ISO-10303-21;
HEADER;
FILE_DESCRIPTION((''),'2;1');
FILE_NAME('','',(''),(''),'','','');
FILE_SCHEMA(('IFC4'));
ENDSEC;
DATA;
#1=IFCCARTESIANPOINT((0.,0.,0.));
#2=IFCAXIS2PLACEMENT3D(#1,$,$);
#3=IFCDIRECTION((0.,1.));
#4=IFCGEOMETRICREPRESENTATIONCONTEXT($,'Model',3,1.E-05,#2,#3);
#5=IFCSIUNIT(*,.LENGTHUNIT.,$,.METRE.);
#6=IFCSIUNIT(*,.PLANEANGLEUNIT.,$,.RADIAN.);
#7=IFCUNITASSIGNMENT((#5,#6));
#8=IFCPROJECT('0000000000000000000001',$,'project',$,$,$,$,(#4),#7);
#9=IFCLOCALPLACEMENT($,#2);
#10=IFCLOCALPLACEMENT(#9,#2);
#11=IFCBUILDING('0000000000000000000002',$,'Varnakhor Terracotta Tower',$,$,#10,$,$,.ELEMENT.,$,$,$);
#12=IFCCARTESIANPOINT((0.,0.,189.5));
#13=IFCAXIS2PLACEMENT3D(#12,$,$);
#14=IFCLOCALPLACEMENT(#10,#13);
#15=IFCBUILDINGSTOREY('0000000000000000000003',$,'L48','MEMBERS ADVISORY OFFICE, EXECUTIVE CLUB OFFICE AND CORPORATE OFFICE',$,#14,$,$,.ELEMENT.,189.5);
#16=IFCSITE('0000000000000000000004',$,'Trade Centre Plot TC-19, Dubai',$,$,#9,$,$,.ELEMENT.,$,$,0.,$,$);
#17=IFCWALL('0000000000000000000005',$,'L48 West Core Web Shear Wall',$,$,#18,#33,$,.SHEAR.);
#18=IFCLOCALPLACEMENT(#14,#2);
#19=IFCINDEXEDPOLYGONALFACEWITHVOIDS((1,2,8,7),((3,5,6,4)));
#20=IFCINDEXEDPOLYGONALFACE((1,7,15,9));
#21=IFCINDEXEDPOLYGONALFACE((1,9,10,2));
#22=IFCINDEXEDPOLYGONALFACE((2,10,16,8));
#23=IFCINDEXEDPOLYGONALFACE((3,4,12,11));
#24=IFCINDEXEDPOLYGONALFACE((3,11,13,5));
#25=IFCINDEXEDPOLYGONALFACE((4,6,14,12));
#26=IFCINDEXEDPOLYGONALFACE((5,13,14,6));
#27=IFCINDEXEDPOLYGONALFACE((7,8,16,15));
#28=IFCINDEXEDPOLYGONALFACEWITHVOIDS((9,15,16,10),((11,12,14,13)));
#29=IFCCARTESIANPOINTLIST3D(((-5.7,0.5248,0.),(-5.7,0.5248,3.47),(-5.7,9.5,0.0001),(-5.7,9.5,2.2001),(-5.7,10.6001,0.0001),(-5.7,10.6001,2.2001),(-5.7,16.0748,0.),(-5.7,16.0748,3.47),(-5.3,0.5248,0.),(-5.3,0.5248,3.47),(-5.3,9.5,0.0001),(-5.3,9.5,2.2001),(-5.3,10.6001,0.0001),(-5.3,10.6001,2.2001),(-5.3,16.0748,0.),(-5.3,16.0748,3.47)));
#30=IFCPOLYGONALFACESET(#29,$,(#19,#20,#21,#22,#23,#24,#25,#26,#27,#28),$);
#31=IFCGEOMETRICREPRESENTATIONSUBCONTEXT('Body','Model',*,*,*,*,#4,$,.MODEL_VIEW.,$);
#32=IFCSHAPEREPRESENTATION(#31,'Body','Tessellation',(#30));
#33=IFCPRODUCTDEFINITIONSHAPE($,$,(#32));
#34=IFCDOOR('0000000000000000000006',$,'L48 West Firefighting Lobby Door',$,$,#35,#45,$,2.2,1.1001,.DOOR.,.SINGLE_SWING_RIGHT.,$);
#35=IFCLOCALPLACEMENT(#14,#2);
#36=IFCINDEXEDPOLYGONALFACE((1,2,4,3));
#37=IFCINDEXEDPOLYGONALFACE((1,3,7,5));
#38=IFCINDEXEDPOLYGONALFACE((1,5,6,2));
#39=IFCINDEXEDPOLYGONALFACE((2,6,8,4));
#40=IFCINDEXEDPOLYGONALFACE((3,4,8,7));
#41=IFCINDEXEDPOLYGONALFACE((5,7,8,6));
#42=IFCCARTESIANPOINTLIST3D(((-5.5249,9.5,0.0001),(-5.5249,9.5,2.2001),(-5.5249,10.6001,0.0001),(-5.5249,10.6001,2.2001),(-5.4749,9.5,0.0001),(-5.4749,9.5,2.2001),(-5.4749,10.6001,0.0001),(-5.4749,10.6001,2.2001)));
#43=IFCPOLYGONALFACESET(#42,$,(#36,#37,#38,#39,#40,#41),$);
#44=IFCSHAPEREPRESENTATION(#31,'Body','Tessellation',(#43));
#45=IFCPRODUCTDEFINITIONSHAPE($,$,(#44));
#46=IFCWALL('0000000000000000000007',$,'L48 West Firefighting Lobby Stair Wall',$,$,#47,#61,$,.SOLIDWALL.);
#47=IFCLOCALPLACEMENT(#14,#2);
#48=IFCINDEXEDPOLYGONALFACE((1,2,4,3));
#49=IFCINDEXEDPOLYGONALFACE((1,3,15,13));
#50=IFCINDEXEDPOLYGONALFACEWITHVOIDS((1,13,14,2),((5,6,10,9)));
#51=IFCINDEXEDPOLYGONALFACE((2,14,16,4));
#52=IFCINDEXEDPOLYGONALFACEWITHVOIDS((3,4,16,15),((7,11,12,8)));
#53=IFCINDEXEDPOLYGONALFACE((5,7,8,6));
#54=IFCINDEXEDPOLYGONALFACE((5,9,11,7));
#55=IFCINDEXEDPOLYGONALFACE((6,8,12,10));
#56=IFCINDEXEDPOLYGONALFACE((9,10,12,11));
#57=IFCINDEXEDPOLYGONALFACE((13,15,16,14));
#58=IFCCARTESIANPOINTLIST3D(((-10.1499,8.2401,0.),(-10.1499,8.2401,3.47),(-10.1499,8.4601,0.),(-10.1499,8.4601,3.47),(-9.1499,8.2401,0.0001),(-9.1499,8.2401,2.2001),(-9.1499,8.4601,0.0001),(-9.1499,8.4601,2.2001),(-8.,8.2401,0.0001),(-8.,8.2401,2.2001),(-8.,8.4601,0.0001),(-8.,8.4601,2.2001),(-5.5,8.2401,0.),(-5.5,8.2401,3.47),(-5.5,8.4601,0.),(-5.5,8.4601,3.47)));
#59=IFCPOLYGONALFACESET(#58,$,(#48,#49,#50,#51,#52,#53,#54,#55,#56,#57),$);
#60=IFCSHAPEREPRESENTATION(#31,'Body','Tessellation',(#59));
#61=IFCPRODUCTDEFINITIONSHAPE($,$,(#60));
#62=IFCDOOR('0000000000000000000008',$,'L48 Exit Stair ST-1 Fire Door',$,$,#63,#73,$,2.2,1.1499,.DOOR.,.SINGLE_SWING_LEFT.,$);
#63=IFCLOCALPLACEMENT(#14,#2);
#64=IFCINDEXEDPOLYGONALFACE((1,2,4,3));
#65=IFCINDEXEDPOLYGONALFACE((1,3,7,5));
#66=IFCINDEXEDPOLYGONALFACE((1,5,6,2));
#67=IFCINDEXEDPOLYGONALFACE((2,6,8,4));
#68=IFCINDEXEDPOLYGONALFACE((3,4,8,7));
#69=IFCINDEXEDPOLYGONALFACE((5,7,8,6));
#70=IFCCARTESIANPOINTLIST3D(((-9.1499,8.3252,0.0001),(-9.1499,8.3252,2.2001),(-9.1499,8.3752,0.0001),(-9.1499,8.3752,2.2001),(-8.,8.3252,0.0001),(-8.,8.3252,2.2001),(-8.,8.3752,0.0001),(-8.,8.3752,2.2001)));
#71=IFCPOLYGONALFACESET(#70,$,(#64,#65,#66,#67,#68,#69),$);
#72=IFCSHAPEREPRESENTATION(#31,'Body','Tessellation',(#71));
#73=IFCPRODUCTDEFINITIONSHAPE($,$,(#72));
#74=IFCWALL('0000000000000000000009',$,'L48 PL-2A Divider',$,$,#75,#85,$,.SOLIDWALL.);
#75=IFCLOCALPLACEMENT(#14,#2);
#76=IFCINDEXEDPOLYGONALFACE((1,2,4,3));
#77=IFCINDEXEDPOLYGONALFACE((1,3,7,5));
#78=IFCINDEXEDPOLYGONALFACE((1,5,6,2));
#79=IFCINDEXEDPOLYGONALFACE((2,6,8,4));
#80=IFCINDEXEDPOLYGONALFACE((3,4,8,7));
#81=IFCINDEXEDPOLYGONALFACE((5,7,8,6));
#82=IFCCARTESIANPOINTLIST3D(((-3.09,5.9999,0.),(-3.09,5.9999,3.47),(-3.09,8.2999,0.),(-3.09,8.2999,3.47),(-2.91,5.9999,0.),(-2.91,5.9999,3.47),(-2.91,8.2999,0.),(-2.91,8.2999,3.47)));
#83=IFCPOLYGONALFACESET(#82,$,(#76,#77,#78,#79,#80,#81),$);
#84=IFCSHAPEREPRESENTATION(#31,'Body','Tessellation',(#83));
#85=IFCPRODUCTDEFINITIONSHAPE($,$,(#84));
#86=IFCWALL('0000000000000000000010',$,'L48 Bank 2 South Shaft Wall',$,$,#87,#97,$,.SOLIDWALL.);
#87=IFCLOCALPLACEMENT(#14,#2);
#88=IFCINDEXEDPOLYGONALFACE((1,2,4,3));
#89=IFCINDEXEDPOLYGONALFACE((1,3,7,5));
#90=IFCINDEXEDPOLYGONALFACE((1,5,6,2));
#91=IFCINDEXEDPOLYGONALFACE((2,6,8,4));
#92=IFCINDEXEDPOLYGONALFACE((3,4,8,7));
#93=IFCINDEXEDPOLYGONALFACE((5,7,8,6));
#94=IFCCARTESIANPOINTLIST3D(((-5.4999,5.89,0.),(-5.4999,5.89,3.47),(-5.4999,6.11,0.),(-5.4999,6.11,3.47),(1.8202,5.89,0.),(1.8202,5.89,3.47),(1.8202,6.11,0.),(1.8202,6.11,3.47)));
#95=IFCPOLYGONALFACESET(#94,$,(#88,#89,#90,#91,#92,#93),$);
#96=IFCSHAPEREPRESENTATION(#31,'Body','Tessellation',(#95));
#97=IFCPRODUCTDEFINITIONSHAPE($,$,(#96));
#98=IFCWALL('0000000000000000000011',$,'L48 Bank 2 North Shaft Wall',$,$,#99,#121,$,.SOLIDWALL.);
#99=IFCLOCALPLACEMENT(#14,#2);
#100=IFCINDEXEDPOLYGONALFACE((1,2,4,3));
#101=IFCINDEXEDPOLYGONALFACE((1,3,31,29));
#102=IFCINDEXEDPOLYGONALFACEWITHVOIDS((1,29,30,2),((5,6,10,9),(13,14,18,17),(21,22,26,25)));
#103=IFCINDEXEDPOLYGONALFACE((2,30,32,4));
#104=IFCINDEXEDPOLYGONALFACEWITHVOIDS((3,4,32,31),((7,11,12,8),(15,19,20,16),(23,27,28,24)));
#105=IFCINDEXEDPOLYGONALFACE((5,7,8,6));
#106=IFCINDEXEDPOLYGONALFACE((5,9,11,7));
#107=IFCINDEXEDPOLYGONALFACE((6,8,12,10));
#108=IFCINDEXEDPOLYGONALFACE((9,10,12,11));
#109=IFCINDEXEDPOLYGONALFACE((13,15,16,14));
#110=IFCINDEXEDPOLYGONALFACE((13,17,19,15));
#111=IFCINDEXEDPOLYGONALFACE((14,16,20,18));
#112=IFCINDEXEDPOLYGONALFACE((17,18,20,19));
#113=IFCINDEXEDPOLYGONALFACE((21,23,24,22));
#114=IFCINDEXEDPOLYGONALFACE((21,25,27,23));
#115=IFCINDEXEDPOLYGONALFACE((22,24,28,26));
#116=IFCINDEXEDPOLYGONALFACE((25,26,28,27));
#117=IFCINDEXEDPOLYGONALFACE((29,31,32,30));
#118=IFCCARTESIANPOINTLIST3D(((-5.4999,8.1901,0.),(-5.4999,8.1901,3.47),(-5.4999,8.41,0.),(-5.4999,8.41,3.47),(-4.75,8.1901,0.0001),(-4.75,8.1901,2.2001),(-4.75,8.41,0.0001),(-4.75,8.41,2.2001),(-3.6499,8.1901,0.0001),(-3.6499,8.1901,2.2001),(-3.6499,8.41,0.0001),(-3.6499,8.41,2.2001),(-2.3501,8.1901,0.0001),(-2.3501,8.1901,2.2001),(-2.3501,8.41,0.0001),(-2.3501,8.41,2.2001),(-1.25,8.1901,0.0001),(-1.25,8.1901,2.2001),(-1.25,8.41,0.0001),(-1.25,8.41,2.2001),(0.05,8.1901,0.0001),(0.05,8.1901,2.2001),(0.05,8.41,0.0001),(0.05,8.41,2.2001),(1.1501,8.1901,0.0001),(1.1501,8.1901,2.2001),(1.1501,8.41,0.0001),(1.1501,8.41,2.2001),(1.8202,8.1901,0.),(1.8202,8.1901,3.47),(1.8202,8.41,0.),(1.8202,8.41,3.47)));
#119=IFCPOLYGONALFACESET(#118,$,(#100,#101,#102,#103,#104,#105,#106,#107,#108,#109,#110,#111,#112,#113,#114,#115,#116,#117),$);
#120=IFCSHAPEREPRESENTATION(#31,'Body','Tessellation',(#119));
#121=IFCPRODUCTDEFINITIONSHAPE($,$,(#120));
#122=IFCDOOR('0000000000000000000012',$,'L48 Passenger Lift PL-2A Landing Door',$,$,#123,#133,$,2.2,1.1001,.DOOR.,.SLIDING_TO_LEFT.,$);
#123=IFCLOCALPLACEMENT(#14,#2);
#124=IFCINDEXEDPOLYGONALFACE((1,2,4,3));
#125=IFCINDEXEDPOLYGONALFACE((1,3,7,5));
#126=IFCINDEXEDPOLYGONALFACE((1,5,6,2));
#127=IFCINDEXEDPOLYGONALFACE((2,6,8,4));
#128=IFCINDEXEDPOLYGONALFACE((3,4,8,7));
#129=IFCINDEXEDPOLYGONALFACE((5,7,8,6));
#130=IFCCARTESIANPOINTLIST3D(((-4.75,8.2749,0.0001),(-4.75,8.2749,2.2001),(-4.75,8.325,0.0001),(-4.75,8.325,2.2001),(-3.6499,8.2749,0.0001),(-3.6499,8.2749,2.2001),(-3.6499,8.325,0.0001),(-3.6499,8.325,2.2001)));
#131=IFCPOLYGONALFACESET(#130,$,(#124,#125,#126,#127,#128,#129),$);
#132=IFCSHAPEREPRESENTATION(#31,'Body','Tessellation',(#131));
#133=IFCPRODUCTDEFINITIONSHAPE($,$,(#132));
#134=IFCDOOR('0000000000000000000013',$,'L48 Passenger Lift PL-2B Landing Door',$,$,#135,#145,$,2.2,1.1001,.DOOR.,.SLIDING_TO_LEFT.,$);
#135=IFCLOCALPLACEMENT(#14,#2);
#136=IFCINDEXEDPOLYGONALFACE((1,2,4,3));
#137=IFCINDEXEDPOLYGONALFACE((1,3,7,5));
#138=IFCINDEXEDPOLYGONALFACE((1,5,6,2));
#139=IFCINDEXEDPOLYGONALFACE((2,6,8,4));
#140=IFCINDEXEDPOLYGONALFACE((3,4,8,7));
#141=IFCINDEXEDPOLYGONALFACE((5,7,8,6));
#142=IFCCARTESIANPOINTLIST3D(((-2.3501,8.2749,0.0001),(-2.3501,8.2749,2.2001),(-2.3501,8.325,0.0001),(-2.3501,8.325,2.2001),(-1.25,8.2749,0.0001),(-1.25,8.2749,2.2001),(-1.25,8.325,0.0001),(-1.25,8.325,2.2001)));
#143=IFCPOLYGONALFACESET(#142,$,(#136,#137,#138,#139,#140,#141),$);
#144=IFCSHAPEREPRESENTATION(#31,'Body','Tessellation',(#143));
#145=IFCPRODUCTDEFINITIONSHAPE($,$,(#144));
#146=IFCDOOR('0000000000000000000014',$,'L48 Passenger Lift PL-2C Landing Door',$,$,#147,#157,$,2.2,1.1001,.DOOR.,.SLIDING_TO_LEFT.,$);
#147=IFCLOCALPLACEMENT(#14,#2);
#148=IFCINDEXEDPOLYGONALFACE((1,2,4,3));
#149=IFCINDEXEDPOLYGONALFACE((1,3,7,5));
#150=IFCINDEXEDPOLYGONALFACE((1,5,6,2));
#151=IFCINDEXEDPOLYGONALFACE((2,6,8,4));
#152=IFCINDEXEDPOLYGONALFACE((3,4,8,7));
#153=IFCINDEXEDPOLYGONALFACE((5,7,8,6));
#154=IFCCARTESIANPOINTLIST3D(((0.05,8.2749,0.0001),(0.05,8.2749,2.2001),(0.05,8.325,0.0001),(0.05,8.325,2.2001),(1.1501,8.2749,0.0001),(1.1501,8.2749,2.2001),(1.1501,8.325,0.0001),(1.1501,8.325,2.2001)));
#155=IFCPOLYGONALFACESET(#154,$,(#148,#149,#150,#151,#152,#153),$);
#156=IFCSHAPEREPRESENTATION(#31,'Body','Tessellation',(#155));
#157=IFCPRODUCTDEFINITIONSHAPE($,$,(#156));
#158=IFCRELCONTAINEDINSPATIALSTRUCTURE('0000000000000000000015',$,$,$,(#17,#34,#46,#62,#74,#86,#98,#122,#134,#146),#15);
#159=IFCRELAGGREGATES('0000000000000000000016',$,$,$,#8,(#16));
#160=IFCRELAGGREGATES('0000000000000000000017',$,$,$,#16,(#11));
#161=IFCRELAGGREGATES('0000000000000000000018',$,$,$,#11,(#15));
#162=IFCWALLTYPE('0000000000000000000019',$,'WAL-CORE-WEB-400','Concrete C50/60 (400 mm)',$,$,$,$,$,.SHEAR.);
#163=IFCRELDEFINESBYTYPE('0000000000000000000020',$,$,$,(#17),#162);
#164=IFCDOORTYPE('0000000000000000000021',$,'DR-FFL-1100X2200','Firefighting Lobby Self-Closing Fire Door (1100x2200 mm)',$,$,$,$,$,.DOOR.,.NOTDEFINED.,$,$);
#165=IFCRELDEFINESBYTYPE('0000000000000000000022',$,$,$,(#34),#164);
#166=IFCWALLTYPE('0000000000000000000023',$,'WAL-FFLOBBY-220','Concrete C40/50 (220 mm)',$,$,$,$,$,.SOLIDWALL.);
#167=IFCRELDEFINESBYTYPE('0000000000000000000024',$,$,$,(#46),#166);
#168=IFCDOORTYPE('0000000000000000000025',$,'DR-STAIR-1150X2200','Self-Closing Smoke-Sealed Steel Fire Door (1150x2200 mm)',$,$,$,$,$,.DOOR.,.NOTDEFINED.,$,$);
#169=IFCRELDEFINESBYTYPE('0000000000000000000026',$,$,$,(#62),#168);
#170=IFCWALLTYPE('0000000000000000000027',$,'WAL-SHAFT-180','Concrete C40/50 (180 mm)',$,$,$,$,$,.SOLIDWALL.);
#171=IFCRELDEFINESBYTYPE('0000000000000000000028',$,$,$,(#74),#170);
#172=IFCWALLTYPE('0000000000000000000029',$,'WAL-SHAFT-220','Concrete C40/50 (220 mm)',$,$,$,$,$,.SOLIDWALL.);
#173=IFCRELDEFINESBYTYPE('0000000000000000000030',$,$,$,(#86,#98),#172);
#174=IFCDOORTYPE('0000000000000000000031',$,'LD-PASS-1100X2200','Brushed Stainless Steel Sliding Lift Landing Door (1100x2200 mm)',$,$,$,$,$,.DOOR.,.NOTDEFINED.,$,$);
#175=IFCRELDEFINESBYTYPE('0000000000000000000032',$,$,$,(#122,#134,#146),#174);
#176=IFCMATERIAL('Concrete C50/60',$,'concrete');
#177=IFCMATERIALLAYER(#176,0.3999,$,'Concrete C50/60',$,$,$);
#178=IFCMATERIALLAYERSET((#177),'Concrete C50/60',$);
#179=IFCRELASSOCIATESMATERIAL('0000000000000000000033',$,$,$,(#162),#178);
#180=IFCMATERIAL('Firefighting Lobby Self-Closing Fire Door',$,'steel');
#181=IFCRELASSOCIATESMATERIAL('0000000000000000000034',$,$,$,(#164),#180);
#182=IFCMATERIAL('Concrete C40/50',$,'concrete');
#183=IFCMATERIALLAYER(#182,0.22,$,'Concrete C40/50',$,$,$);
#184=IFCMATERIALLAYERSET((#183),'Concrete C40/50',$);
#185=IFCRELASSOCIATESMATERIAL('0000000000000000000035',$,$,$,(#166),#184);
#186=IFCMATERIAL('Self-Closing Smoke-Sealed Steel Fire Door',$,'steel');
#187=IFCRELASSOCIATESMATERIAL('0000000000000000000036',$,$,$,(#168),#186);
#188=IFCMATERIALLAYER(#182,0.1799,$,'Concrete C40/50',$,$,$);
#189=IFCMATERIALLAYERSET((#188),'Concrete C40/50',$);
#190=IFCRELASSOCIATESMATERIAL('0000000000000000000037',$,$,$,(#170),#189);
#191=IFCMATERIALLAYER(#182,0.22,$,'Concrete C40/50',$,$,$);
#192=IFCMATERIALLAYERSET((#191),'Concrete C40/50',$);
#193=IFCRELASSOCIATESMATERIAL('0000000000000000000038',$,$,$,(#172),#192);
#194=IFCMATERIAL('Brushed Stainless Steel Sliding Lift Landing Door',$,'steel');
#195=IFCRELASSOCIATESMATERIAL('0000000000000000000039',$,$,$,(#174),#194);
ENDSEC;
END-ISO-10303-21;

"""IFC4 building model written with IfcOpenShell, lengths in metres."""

from ifc_helpers import new_model, si_unit, direction, frame, frame_2d, origin, place, context, subcontext, project, spatial, rectangle, extrude, source, transform, mapped, material, layer, layer_set, type_object, type_shapes, element, fill, save


model = new_model("IFC4")

# Units and contexts
model_context = context("Model", 3, precision=1e-05, world=origin(), true_north=direction((0.0, 1.0)))
body_context = subcontext(model_context, "Body", "Model", "MODEL_VIEW")
ifc_project = project(units=[si_unit("LENGTHUNIT", "METRE"), si_unit("PLANEANGLEUNIT", "RADIAN")], contexts=[model_context])

# Site, building, storey
site_placement = place(None, origin())
site = spatial("IfcSite", under=ifc_project, at=site_placement, Name="Trade Centre Plot TC-19, Dubai", CompositionType="ELEMENT", RefElevation=0.0)
building_placement = place(site_placement, origin())
building = spatial("IfcBuilding", under=site, at=building_placement, Name="Varnakhor Terracotta Tower", CompositionType="ELEMENT")
storey_placement = place(building_placement, frame((0.0, 0.0, 189.5)))
storey = spatial("IfcBuildingStorey", under=building, at=storey_placement, Name="L48", Description="MEMBERS ADVISORY OFFICE, EXECUTIVE CLUB OFFICE AND CORPORATE OFFICE", CompositionType="ELEMENT", Elevation=189.5)

# Shared definitions
ifc_material_1 = material(Name="Concrete C50/60", Category="concrete")

# Walls, openings, doors
ifc_layer_1 = layer(ifc_material_1, 0.3999, Name="Concrete C50/60")
ifc_layer_set_1 = layer_set([ifc_layer_1], Name="Concrete C50/60")
wall_type_1 = type_object("IfcWallType", Name="WAL-CORE-WEB-400", Description="Concrete C50/60 (400 mm)", PredefinedType="SHEAR", material=ifc_layer_set_1)
wall_1_placement = place(storey_placement, frame((-5.5, 0.5249, 0.0), z_axis=(0.0, 0.0, 1.0), x_axis=(0.0, 1.0, 0.0)))
wall_1 = element("IfcWall", 1, at=wall_1_placement, inside=storey, type_object=wall_type_1, Name="L48 West Core Web Shear Wall", PredefinedType="SHEAR", context=body_context, shape_type="SweptSolid", body=[
    extrude(rectangle(XDim=15.55, YDim=0.3999, at=frame_2d((7.7749, 0.0))), origin(), (0.0, 0.0, 1.0), 3.47),
])
opening_1_placement = place(wall_1_placement, frame((8.9751, 0.0, 0.0)))
opening_1 = element("IfcOpeningElement", 2, at=opening_1_placement, cuts=wall_1, PredefinedType="OPENING", context=body_context, shape_type="SweptSolid", body=[
    extrude(rectangle(XDim=1.1001, YDim=2.2, at=frame_2d((0.55, 1.1001))), frame((0.0, 0.21, 0.0), z_axis=(0.0, -1.0, 0.0), x_axis=(1.0, 0.0, 0.0)), (0.0, 0.0, 1.0), 0.4199),
])
ifc_material_2 = material(Name="Firefighting Lobby Self-Closing Fire Door", Category="steel")
door_type_1 = type_object("IfcDoorType", Name="DR-FFL-1100X2200", Description="Firefighting Lobby Self-Closing Fire Door (1100x2200 mm)", OperationType="NOTDEFINED", PredefinedType="DOOR", material=ifc_material_2)
shared_shape_1 = source(origin(), body_context, "Body", "SweptSolid", [
    extrude(rectangle(XDim=1.1001, YDim=2.2, at=frame_2d((0.55, 1.1001))), frame((0.0, 0.0249, 0.0), z_axis=(0.0, -1.0, 0.0), x_axis=(1.0, 0.0, 0.0)), (0.0, 0.0, 1.0), 0.05),
])
type_shapes(door_type_1, [shared_shape_1])
door_1_placement = place(opening_1_placement, origin())
door_1 = element("IfcDoor", 3, at=door_1_placement, inside=storey, type_object=door_type_1, Name="L48 West Firefighting Lobby Door", OperationType="SINGLE_SWING_RIGHT", OverallHeight=2.2, OverallWidth=1.1001, PredefinedType="DOOR", context=body_context, shape_type="MappedRepresentation", body=[
    mapped(shared_shape_1, transform((0.0, 0.0, 0.0), scale=1.0)),
])
fill(opening_1, door_1)
ifc_material_3 = material(Name="Concrete C40/50", Category="concrete")
ifc_layer_2 = layer(ifc_material_3, 0.22, Name="Concrete C40/50")
ifc_layer_set_2 = layer_set([ifc_layer_2], Name="Concrete C40/50")
wall_type_2 = type_object("IfcWallType", Name="WAL-FFLOBBY-220", Description="Concrete C40/50 (220 mm)", PredefinedType="SOLIDWALL", material=ifc_layer_set_2)
wall_2_placement = place(storey_placement, frame((-5.5, 8.3501, 0.0), z_axis=(0.0, 0.0, 1.0), x_axis=(-1.0, 0.0, 0.0)))
wall_2 = element("IfcWall", 4, at=wall_2_placement, inside=storey, type_object=wall_type_2, Name="L48 West Firefighting Lobby Stair Wall", PredefinedType="SOLIDWALL", context=body_context, shape_type="SweptSolid", body=[
    extrude(rectangle(XDim=4.6499, YDim=0.22, at=frame_2d((2.325, 0.0))), origin(), (0.0, 0.0, 1.0), 3.47),
])
opening_2_placement = place(wall_2_placement, frame((2.5, 0.0, 0.0)))
opening_2 = element("IfcOpeningElement", 5, at=opening_2_placement, cuts=wall_2, PredefinedType="OPENING", context=body_context, shape_type="SweptSolid", body=[
    extrude(rectangle(XDim=1.1499, YDim=2.2, at=frame_2d((0.575, 1.1001))), frame((0.0, 0.1201, 0.0), z_axis=(0.0, -1.0, 0.0), x_axis=(1.0, 0.0, 0.0)), (0.0, 0.0, 1.0), 0.24),
])
ifc_material_4 = material(Name="Self-Closing Smoke-Sealed Steel Fire Door", Category="steel")
door_type_2 = type_object("IfcDoorType", Name="DR-STAIR-1150X2200", Description="Self-Closing Smoke-Sealed Steel Fire Door (1150x2200 mm)", OperationType="NOTDEFINED", PredefinedType="DOOR", material=ifc_material_4)
shared_shape_2 = source(origin(), body_context, "Body", "SweptSolid", [
    extrude(rectangle(XDim=1.1499, YDim=2.2, at=frame_2d((0.575, 1.1001))), frame((0.0, 0.0249, 0.0), z_axis=(0.0, -1.0, 0.0), x_axis=(1.0, 0.0, 0.0)), (0.0, 0.0, 1.0), 0.05),
])
type_shapes(door_type_2, [shared_shape_2])
door_2_placement = place(opening_2_placement, origin())
door_2 = element("IfcDoor", 6, at=door_2_placement, inside=storey, type_object=door_type_2, Name="L48 Exit Stair ST-1 Fire Door", OperationType="SINGLE_SWING_LEFT", OverallHeight=2.2, OverallWidth=1.1499, PredefinedType="DOOR", context=body_context, shape_type="MappedRepresentation", body=[
    mapped(shared_shape_2, transform((0.0, 0.0, 0.0), scale=1.0)),
])
fill(opening_2, door_2)

# Walls
ifc_layer_3 = layer(ifc_material_3, 0.1799, Name="Concrete C40/50")
ifc_layer_set_3 = layer_set([ifc_layer_3], Name="Concrete C40/50")
wall_type_3 = type_object("IfcWallType", Name="WAL-SHAFT-180", Description="Concrete C40/50 (180 mm)", PredefinedType="SOLIDWALL", material=ifc_layer_set_3)
wall_3_placement = place(storey_placement, frame((-3.0, 6.0, 0.0), z_axis=(0.0, 0.0, 1.0), x_axis=(0.0, 1.0, 0.0)))
element("IfcWall", 7, at=wall_3_placement, inside=storey, type_object=wall_type_3, Name="L48 PL-2A Divider", PredefinedType="SOLIDWALL", context=body_context, shape_type="SweptSolid", body=[
    extrude(rectangle(XDim=2.3, YDim=0.1799, at=frame_2d((1.1499, 0.0))), origin(), (0.0, 0.0, 1.0), 3.47),
])
ifc_layer_4 = layer(ifc_material_3, 0.22, Name="Concrete C40/50")
ifc_layer_set_4 = layer_set([ifc_layer_4], Name="Concrete C40/50")
wall_type_4 = type_object("IfcWallType", Name="WAL-SHAFT-220", Description="Concrete C40/50 (220 mm)", PredefinedType="SOLIDWALL", material=ifc_layer_set_4)
wall_4_placement = place(storey_placement, frame((-5.5, 6.0, 0.0), z_axis=(0.0, 0.0, 1.0), x_axis=(1.0, 0.0, 0.0)))
element("IfcWall", 8, at=wall_4_placement, inside=storey, type_object=wall_type_4, Name="L48 Bank 2 South Shaft Wall", PredefinedType="SOLIDWALL", context=body_context, shape_type="SweptSolid", body=[
    extrude(rectangle(XDim=7.3201, YDim=0.22, at=frame_2d((3.6602, 0.0))), origin(), (0.0, 0.0, 1.0), 3.47),
])

# Wall, openings, doors
wall_5_placement = place(storey_placement, frame((-5.5, 8.3, 0.0), z_axis=(0.0, 0.0, 1.0), x_axis=(1.0, 0.0, 0.0)))
wall_5 = element("IfcWall", 9, at=wall_5_placement, inside=storey, type_object=wall_type_4, Name="L48 Bank 2 North Shaft Wall", PredefinedType="SOLIDWALL", context=body_context, shape_type="SweptSolid", body=[
    extrude(rectangle(XDim=7.3201, YDim=0.22, at=frame_2d((3.6602, 0.0))), origin(), (0.0, 0.0, 1.0), 3.47),
])
opening_3_placement = place(wall_5_placement, frame((0.75, 0.0, 0.0)))
opening_3 = element("IfcOpeningElement", 10, at=opening_3_placement, cuts=wall_5, PredefinedType="OPENING", context=body_context, shape_type="SweptSolid", body=[
    extrude(rectangle(XDim=1.1001, YDim=2.2, at=frame_2d((0.55, 1.1001))), frame((0.0, 0.1201, 0.0), z_axis=(0.0, -1.0, 0.0), x_axis=(1.0, 0.0, 0.0)), (0.0, 0.0, 1.0), 0.24),
])
opening_4_placement = place(wall_5_placement, frame((3.1499, 0.0, 0.0)))
opening_4 = element("IfcOpeningElement", 11, at=opening_4_placement, cuts=wall_5, PredefinedType="OPENING", context=body_context, shape_type="SweptSolid", body=[
    extrude(rectangle(XDim=1.1001, YDim=2.2, at=frame_2d((0.55, 1.1001))), frame((0.0, 0.1201, 0.0), z_axis=(0.0, -1.0, 0.0), x_axis=(1.0, 0.0, 0.0)), (0.0, 0.0, 1.0), 0.24),
])
opening_5_placement = place(wall_5_placement, frame((5.55, 0.0, 0.0)))
opening_5 = element("IfcOpeningElement", 12, at=opening_5_placement, cuts=wall_5, PredefinedType="OPENING", context=body_context, shape_type="SweptSolid", body=[
    extrude(rectangle(XDim=1.1001, YDim=2.2, at=frame_2d((0.55, 1.1001))), frame((0.0, 0.1201, 0.0), z_axis=(0.0, -1.0, 0.0), x_axis=(1.0, 0.0, 0.0)), (0.0, 0.0, 1.0), 0.24),
])
ifc_material_5 = material(Name="Brushed Stainless Steel Sliding Lift Landing Door", Category="steel")
door_type_3 = type_object("IfcDoorType", Name="LD-PASS-1100X2200", Description="Brushed Stainless Steel Sliding Lift Landing Door (1100x2200 mm)", OperationType="NOTDEFINED", PredefinedType="DOOR", material=ifc_material_5)
shared_shape_3 = source(origin(), body_context, "Body", "SweptSolid", [
    extrude(rectangle(XDim=1.1001, YDim=2.2, at=frame_2d((0.55, 1.1001))), frame((0.0, 0.0249, 0.0), z_axis=(0.0, -1.0, 0.0), x_axis=(1.0, 0.0, 0.0)), (0.0, 0.0, 1.0), 0.05),
])
type_shapes(door_type_3, [shared_shape_3])
door_3_placement = place(opening_3_placement, origin())
door_3 = element("IfcDoor", 13, at=door_3_placement, inside=storey, type_object=door_type_3, Name="L48 Passenger Lift PL-2A Landing Door", OperationType="SLIDING_TO_LEFT", OverallHeight=2.2, OverallWidth=1.1001, PredefinedType="DOOR", context=body_context, shape_type="MappedRepresentation", body=[
    mapped(shared_shape_3, transform((0.0, 0.0, 0.0), scale=1.0)),
])
fill(opening_3, door_3)
door_4_placement = place(opening_4_placement, origin())
door_4 = element("IfcDoor", 14, at=door_4_placement, inside=storey, type_object=door_type_3, Name="L48 Passenger Lift PL-2B Landing Door", OperationType="SLIDING_TO_LEFT", OverallHeight=2.2, OverallWidth=1.1001, PredefinedType="DOOR", context=body_context, shape_type="MappedRepresentation", body=[
    mapped(shared_shape_3, transform((0.0, 0.0, 0.0), scale=1.0)),
])
fill(opening_4, door_4)
door_5_placement = place(opening_5_placement, origin())
door_5 = element("IfcDoor", 15, at=door_5_placement, inside=storey, type_object=door_type_3, Name="L48 Passenger Lift PL-2C Landing Door", OperationType="SLIDING_TO_LEFT", OverallHeight=2.2, OverallWidth=1.1001, PredefinedType="DOOR", context=body_context, shape_type="MappedRepresentation", body=[
    mapped(shared_shape_3, transform((0.0, 0.0, 0.0), scale=1.0)),
])
fill(opening_5, door_5)

save(model, "model.ifc")
